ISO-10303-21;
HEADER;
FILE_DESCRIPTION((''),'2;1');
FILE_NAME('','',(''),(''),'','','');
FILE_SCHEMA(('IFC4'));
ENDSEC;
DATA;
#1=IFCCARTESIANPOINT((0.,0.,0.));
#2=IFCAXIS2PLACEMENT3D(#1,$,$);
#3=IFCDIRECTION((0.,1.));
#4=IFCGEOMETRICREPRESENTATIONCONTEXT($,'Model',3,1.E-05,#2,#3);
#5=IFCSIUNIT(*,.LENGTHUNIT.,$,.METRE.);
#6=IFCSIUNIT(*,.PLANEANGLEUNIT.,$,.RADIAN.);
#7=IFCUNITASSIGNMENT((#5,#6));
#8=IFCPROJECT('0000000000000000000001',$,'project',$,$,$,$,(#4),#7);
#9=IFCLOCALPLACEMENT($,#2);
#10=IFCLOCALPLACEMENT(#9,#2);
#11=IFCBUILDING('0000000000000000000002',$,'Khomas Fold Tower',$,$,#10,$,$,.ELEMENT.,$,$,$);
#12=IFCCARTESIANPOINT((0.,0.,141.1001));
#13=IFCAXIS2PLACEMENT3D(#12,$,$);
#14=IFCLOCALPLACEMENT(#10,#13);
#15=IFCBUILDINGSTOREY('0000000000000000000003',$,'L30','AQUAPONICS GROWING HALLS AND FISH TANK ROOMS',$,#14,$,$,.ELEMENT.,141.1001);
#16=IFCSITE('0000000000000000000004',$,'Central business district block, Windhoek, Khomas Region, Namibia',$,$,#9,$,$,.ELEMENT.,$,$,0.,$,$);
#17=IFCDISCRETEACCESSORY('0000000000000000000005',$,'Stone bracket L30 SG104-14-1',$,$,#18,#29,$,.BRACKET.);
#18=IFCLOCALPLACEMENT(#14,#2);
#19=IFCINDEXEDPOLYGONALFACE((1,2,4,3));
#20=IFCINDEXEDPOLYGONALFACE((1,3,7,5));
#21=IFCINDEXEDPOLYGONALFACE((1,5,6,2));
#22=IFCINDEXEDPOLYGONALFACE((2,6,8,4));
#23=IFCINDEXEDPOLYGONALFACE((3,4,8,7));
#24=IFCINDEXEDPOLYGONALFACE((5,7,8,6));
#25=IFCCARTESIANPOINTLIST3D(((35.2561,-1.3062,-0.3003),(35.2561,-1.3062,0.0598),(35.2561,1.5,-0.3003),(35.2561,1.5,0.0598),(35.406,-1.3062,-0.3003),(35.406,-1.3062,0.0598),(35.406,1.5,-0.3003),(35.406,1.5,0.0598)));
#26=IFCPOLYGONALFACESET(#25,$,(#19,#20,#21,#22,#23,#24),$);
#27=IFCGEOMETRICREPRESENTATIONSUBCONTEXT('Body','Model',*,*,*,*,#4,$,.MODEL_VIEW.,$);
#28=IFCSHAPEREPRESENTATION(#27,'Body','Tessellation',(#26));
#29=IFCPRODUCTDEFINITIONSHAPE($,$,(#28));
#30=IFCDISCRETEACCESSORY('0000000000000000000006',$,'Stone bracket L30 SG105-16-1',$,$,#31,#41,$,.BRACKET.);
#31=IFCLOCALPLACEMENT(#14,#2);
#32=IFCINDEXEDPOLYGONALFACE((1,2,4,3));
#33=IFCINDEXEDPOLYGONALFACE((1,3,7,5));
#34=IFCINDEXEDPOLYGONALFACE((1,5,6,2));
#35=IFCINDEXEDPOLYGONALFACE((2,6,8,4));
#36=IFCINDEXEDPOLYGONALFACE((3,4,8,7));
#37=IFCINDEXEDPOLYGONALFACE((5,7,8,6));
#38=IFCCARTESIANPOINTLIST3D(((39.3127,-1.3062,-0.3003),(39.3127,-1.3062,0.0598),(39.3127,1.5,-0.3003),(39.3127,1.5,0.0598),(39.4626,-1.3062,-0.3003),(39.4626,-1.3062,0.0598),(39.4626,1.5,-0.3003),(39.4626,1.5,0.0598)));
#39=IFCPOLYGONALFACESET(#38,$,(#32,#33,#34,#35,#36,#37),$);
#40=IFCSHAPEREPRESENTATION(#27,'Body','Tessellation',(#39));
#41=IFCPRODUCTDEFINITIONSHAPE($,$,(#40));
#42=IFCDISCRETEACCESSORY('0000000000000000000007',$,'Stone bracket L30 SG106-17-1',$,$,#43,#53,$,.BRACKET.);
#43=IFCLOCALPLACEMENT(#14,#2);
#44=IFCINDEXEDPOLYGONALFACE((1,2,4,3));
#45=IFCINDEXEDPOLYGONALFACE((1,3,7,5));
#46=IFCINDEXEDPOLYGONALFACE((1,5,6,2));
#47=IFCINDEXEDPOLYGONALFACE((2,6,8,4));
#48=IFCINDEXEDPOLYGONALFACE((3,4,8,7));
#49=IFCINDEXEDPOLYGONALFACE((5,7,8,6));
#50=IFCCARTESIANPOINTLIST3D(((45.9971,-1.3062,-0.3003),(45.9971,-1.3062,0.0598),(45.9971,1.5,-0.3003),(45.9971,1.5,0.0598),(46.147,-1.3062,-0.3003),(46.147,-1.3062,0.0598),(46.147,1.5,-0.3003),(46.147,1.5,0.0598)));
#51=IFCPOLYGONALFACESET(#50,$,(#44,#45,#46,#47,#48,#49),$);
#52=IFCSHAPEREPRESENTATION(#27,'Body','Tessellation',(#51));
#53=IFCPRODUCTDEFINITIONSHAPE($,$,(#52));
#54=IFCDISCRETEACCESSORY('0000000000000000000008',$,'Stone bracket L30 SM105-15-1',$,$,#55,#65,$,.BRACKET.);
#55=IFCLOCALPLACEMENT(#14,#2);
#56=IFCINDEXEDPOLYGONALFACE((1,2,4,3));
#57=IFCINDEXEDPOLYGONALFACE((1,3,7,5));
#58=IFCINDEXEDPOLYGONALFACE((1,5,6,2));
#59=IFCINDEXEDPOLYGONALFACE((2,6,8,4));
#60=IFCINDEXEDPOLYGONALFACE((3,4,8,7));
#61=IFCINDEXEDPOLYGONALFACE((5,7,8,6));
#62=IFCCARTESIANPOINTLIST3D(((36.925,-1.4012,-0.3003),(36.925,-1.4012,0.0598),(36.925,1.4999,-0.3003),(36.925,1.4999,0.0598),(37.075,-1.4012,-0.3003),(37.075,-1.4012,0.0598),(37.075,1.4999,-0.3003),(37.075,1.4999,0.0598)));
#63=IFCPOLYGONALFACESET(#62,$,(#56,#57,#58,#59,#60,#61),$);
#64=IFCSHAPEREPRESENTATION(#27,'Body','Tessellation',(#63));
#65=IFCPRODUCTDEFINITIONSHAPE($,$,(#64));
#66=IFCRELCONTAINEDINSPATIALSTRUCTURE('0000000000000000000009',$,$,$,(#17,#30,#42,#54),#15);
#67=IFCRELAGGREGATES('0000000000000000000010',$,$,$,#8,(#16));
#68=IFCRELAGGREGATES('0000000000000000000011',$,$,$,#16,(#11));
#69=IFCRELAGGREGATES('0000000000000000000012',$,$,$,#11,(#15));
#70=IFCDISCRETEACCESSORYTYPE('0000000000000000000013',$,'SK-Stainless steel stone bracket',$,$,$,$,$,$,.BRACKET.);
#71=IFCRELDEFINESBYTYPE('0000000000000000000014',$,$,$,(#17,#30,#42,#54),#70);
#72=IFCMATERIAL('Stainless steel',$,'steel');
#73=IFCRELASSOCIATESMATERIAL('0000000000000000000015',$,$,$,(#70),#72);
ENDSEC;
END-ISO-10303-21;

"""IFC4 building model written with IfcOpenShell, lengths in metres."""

from ifc_helpers import new_model, si_unit, direction, frame, origin, origin_2d, place, context, subcontext, project, spatial, rectangle, extrude, source, transform, mapped, material, type_object, element, save


model = new_model("IFC4")

# Units and contexts
model_context = context("Model", 3, precision=1e-05, world=origin(), true_north=direction((0.0, 1.0)))
body_context = subcontext(model_context, "Body", "Model", "MODEL_VIEW")
ifc_project = project(units=[si_unit("LENGTHUNIT", "METRE"), si_unit("PLANEANGLEUNIT", "RADIAN")], contexts=[model_context])

# Site, building, storey
site_placement = place(None, origin())
site = spatial("IfcSite", under=ifc_project, at=site_placement, Name="Central business district block, Windhoek, Khomas Region, Namibia", CompositionType="ELEMENT", RefElevation=0.0)
building_placement = place(site_placement, origin())
building = spatial("IfcBuilding", under=site, at=building_placement, Name="Khomas Fold Tower", CompositionType="ELEMENT")
storey_placement = place(building_placement, frame((0.0, 0.0, 141.1001)))
storey = spatial("IfcBuildingStorey", under=building, at=storey_placement, Name="L30", Description="AQUAPONICS GROWING HALLS AND FISH TANK ROOMS", CompositionType="ELEMENT", Elevation=141.1001)

# Discrete accessories
ifc_material_1 = material(Name="Stainless steel", Category="steel")
discrete_accessory_type = type_object("IfcDiscreteAccessoryType", Name="SK-Stainless steel stone bracket", PredefinedType="BRACKET", material=ifc_material_1)
shared_shape_1 = source(origin(), body_context, "Body", "SweptSolid", [
    extrude(rectangle(XDim=2.8062, YDim=0.1499, at=origin_2d()), origin(), (0.0, 0.0, 1.0), 0.3601),
])
for number, where, z_axis, x_axis, name in (
    (1, (35.3311, 0.0969, -0.3003), (0.0, 0.0, 1.0), (0.0, -1.0, 0.0), "Stone bracket L30 SG104-14-1"),
    (2, (39.3877, 0.0969, -0.3003), (0.0, 0.0, 1.0), (0.0, -1.0, 0.0), "Stone bracket L30 SG105-16-1"),
    (3, (46.072, 0.0969, -0.3003), (0.0, 0.0, 1.0), (0.0, -1.0, 0.0), "Stone bracket L30 SG106-17-1"),
):
    element("IfcDiscreteAccessory", number, at=place(storey_placement, frame(where, z_axis=z_axis, x_axis=x_axis)), inside=storey, type_object=discrete_accessory_type, Name=name, PredefinedType="BRACKET", context=body_context, shape_type="MappedRepresentation", body=[
        mapped(shared_shape_1, transform((0.0, 0.0, 0.0))),
    ])
shared_shape_2 = source(origin(), body_context, "Body", "SweptSolid", [
    extrude(rectangle(XDim=2.9011, YDim=0.1499, at=origin_2d()), origin(), (0.0, 0.0, 1.0), 0.3601),
])
discrete_accessory_placement = place(storey_placement, frame((37.0, 0.0493, -0.3003), z_axis=(0.0, 0.0, 1.0), x_axis=(0.0, -1.0, 0.0)))
element("IfcDiscreteAccessory", 4, at=discrete_accessory_placement, inside=storey, type_object=discrete_accessory_type, Name="Stone bracket L30 SM105-15-1", PredefinedType="BRACKET", context=body_context, shape_type="MappedRepresentation", body=[
    mapped(shared_shape_2, transform((0.0, 0.0, 0.0))),
])

save(model, "model.ifc")
